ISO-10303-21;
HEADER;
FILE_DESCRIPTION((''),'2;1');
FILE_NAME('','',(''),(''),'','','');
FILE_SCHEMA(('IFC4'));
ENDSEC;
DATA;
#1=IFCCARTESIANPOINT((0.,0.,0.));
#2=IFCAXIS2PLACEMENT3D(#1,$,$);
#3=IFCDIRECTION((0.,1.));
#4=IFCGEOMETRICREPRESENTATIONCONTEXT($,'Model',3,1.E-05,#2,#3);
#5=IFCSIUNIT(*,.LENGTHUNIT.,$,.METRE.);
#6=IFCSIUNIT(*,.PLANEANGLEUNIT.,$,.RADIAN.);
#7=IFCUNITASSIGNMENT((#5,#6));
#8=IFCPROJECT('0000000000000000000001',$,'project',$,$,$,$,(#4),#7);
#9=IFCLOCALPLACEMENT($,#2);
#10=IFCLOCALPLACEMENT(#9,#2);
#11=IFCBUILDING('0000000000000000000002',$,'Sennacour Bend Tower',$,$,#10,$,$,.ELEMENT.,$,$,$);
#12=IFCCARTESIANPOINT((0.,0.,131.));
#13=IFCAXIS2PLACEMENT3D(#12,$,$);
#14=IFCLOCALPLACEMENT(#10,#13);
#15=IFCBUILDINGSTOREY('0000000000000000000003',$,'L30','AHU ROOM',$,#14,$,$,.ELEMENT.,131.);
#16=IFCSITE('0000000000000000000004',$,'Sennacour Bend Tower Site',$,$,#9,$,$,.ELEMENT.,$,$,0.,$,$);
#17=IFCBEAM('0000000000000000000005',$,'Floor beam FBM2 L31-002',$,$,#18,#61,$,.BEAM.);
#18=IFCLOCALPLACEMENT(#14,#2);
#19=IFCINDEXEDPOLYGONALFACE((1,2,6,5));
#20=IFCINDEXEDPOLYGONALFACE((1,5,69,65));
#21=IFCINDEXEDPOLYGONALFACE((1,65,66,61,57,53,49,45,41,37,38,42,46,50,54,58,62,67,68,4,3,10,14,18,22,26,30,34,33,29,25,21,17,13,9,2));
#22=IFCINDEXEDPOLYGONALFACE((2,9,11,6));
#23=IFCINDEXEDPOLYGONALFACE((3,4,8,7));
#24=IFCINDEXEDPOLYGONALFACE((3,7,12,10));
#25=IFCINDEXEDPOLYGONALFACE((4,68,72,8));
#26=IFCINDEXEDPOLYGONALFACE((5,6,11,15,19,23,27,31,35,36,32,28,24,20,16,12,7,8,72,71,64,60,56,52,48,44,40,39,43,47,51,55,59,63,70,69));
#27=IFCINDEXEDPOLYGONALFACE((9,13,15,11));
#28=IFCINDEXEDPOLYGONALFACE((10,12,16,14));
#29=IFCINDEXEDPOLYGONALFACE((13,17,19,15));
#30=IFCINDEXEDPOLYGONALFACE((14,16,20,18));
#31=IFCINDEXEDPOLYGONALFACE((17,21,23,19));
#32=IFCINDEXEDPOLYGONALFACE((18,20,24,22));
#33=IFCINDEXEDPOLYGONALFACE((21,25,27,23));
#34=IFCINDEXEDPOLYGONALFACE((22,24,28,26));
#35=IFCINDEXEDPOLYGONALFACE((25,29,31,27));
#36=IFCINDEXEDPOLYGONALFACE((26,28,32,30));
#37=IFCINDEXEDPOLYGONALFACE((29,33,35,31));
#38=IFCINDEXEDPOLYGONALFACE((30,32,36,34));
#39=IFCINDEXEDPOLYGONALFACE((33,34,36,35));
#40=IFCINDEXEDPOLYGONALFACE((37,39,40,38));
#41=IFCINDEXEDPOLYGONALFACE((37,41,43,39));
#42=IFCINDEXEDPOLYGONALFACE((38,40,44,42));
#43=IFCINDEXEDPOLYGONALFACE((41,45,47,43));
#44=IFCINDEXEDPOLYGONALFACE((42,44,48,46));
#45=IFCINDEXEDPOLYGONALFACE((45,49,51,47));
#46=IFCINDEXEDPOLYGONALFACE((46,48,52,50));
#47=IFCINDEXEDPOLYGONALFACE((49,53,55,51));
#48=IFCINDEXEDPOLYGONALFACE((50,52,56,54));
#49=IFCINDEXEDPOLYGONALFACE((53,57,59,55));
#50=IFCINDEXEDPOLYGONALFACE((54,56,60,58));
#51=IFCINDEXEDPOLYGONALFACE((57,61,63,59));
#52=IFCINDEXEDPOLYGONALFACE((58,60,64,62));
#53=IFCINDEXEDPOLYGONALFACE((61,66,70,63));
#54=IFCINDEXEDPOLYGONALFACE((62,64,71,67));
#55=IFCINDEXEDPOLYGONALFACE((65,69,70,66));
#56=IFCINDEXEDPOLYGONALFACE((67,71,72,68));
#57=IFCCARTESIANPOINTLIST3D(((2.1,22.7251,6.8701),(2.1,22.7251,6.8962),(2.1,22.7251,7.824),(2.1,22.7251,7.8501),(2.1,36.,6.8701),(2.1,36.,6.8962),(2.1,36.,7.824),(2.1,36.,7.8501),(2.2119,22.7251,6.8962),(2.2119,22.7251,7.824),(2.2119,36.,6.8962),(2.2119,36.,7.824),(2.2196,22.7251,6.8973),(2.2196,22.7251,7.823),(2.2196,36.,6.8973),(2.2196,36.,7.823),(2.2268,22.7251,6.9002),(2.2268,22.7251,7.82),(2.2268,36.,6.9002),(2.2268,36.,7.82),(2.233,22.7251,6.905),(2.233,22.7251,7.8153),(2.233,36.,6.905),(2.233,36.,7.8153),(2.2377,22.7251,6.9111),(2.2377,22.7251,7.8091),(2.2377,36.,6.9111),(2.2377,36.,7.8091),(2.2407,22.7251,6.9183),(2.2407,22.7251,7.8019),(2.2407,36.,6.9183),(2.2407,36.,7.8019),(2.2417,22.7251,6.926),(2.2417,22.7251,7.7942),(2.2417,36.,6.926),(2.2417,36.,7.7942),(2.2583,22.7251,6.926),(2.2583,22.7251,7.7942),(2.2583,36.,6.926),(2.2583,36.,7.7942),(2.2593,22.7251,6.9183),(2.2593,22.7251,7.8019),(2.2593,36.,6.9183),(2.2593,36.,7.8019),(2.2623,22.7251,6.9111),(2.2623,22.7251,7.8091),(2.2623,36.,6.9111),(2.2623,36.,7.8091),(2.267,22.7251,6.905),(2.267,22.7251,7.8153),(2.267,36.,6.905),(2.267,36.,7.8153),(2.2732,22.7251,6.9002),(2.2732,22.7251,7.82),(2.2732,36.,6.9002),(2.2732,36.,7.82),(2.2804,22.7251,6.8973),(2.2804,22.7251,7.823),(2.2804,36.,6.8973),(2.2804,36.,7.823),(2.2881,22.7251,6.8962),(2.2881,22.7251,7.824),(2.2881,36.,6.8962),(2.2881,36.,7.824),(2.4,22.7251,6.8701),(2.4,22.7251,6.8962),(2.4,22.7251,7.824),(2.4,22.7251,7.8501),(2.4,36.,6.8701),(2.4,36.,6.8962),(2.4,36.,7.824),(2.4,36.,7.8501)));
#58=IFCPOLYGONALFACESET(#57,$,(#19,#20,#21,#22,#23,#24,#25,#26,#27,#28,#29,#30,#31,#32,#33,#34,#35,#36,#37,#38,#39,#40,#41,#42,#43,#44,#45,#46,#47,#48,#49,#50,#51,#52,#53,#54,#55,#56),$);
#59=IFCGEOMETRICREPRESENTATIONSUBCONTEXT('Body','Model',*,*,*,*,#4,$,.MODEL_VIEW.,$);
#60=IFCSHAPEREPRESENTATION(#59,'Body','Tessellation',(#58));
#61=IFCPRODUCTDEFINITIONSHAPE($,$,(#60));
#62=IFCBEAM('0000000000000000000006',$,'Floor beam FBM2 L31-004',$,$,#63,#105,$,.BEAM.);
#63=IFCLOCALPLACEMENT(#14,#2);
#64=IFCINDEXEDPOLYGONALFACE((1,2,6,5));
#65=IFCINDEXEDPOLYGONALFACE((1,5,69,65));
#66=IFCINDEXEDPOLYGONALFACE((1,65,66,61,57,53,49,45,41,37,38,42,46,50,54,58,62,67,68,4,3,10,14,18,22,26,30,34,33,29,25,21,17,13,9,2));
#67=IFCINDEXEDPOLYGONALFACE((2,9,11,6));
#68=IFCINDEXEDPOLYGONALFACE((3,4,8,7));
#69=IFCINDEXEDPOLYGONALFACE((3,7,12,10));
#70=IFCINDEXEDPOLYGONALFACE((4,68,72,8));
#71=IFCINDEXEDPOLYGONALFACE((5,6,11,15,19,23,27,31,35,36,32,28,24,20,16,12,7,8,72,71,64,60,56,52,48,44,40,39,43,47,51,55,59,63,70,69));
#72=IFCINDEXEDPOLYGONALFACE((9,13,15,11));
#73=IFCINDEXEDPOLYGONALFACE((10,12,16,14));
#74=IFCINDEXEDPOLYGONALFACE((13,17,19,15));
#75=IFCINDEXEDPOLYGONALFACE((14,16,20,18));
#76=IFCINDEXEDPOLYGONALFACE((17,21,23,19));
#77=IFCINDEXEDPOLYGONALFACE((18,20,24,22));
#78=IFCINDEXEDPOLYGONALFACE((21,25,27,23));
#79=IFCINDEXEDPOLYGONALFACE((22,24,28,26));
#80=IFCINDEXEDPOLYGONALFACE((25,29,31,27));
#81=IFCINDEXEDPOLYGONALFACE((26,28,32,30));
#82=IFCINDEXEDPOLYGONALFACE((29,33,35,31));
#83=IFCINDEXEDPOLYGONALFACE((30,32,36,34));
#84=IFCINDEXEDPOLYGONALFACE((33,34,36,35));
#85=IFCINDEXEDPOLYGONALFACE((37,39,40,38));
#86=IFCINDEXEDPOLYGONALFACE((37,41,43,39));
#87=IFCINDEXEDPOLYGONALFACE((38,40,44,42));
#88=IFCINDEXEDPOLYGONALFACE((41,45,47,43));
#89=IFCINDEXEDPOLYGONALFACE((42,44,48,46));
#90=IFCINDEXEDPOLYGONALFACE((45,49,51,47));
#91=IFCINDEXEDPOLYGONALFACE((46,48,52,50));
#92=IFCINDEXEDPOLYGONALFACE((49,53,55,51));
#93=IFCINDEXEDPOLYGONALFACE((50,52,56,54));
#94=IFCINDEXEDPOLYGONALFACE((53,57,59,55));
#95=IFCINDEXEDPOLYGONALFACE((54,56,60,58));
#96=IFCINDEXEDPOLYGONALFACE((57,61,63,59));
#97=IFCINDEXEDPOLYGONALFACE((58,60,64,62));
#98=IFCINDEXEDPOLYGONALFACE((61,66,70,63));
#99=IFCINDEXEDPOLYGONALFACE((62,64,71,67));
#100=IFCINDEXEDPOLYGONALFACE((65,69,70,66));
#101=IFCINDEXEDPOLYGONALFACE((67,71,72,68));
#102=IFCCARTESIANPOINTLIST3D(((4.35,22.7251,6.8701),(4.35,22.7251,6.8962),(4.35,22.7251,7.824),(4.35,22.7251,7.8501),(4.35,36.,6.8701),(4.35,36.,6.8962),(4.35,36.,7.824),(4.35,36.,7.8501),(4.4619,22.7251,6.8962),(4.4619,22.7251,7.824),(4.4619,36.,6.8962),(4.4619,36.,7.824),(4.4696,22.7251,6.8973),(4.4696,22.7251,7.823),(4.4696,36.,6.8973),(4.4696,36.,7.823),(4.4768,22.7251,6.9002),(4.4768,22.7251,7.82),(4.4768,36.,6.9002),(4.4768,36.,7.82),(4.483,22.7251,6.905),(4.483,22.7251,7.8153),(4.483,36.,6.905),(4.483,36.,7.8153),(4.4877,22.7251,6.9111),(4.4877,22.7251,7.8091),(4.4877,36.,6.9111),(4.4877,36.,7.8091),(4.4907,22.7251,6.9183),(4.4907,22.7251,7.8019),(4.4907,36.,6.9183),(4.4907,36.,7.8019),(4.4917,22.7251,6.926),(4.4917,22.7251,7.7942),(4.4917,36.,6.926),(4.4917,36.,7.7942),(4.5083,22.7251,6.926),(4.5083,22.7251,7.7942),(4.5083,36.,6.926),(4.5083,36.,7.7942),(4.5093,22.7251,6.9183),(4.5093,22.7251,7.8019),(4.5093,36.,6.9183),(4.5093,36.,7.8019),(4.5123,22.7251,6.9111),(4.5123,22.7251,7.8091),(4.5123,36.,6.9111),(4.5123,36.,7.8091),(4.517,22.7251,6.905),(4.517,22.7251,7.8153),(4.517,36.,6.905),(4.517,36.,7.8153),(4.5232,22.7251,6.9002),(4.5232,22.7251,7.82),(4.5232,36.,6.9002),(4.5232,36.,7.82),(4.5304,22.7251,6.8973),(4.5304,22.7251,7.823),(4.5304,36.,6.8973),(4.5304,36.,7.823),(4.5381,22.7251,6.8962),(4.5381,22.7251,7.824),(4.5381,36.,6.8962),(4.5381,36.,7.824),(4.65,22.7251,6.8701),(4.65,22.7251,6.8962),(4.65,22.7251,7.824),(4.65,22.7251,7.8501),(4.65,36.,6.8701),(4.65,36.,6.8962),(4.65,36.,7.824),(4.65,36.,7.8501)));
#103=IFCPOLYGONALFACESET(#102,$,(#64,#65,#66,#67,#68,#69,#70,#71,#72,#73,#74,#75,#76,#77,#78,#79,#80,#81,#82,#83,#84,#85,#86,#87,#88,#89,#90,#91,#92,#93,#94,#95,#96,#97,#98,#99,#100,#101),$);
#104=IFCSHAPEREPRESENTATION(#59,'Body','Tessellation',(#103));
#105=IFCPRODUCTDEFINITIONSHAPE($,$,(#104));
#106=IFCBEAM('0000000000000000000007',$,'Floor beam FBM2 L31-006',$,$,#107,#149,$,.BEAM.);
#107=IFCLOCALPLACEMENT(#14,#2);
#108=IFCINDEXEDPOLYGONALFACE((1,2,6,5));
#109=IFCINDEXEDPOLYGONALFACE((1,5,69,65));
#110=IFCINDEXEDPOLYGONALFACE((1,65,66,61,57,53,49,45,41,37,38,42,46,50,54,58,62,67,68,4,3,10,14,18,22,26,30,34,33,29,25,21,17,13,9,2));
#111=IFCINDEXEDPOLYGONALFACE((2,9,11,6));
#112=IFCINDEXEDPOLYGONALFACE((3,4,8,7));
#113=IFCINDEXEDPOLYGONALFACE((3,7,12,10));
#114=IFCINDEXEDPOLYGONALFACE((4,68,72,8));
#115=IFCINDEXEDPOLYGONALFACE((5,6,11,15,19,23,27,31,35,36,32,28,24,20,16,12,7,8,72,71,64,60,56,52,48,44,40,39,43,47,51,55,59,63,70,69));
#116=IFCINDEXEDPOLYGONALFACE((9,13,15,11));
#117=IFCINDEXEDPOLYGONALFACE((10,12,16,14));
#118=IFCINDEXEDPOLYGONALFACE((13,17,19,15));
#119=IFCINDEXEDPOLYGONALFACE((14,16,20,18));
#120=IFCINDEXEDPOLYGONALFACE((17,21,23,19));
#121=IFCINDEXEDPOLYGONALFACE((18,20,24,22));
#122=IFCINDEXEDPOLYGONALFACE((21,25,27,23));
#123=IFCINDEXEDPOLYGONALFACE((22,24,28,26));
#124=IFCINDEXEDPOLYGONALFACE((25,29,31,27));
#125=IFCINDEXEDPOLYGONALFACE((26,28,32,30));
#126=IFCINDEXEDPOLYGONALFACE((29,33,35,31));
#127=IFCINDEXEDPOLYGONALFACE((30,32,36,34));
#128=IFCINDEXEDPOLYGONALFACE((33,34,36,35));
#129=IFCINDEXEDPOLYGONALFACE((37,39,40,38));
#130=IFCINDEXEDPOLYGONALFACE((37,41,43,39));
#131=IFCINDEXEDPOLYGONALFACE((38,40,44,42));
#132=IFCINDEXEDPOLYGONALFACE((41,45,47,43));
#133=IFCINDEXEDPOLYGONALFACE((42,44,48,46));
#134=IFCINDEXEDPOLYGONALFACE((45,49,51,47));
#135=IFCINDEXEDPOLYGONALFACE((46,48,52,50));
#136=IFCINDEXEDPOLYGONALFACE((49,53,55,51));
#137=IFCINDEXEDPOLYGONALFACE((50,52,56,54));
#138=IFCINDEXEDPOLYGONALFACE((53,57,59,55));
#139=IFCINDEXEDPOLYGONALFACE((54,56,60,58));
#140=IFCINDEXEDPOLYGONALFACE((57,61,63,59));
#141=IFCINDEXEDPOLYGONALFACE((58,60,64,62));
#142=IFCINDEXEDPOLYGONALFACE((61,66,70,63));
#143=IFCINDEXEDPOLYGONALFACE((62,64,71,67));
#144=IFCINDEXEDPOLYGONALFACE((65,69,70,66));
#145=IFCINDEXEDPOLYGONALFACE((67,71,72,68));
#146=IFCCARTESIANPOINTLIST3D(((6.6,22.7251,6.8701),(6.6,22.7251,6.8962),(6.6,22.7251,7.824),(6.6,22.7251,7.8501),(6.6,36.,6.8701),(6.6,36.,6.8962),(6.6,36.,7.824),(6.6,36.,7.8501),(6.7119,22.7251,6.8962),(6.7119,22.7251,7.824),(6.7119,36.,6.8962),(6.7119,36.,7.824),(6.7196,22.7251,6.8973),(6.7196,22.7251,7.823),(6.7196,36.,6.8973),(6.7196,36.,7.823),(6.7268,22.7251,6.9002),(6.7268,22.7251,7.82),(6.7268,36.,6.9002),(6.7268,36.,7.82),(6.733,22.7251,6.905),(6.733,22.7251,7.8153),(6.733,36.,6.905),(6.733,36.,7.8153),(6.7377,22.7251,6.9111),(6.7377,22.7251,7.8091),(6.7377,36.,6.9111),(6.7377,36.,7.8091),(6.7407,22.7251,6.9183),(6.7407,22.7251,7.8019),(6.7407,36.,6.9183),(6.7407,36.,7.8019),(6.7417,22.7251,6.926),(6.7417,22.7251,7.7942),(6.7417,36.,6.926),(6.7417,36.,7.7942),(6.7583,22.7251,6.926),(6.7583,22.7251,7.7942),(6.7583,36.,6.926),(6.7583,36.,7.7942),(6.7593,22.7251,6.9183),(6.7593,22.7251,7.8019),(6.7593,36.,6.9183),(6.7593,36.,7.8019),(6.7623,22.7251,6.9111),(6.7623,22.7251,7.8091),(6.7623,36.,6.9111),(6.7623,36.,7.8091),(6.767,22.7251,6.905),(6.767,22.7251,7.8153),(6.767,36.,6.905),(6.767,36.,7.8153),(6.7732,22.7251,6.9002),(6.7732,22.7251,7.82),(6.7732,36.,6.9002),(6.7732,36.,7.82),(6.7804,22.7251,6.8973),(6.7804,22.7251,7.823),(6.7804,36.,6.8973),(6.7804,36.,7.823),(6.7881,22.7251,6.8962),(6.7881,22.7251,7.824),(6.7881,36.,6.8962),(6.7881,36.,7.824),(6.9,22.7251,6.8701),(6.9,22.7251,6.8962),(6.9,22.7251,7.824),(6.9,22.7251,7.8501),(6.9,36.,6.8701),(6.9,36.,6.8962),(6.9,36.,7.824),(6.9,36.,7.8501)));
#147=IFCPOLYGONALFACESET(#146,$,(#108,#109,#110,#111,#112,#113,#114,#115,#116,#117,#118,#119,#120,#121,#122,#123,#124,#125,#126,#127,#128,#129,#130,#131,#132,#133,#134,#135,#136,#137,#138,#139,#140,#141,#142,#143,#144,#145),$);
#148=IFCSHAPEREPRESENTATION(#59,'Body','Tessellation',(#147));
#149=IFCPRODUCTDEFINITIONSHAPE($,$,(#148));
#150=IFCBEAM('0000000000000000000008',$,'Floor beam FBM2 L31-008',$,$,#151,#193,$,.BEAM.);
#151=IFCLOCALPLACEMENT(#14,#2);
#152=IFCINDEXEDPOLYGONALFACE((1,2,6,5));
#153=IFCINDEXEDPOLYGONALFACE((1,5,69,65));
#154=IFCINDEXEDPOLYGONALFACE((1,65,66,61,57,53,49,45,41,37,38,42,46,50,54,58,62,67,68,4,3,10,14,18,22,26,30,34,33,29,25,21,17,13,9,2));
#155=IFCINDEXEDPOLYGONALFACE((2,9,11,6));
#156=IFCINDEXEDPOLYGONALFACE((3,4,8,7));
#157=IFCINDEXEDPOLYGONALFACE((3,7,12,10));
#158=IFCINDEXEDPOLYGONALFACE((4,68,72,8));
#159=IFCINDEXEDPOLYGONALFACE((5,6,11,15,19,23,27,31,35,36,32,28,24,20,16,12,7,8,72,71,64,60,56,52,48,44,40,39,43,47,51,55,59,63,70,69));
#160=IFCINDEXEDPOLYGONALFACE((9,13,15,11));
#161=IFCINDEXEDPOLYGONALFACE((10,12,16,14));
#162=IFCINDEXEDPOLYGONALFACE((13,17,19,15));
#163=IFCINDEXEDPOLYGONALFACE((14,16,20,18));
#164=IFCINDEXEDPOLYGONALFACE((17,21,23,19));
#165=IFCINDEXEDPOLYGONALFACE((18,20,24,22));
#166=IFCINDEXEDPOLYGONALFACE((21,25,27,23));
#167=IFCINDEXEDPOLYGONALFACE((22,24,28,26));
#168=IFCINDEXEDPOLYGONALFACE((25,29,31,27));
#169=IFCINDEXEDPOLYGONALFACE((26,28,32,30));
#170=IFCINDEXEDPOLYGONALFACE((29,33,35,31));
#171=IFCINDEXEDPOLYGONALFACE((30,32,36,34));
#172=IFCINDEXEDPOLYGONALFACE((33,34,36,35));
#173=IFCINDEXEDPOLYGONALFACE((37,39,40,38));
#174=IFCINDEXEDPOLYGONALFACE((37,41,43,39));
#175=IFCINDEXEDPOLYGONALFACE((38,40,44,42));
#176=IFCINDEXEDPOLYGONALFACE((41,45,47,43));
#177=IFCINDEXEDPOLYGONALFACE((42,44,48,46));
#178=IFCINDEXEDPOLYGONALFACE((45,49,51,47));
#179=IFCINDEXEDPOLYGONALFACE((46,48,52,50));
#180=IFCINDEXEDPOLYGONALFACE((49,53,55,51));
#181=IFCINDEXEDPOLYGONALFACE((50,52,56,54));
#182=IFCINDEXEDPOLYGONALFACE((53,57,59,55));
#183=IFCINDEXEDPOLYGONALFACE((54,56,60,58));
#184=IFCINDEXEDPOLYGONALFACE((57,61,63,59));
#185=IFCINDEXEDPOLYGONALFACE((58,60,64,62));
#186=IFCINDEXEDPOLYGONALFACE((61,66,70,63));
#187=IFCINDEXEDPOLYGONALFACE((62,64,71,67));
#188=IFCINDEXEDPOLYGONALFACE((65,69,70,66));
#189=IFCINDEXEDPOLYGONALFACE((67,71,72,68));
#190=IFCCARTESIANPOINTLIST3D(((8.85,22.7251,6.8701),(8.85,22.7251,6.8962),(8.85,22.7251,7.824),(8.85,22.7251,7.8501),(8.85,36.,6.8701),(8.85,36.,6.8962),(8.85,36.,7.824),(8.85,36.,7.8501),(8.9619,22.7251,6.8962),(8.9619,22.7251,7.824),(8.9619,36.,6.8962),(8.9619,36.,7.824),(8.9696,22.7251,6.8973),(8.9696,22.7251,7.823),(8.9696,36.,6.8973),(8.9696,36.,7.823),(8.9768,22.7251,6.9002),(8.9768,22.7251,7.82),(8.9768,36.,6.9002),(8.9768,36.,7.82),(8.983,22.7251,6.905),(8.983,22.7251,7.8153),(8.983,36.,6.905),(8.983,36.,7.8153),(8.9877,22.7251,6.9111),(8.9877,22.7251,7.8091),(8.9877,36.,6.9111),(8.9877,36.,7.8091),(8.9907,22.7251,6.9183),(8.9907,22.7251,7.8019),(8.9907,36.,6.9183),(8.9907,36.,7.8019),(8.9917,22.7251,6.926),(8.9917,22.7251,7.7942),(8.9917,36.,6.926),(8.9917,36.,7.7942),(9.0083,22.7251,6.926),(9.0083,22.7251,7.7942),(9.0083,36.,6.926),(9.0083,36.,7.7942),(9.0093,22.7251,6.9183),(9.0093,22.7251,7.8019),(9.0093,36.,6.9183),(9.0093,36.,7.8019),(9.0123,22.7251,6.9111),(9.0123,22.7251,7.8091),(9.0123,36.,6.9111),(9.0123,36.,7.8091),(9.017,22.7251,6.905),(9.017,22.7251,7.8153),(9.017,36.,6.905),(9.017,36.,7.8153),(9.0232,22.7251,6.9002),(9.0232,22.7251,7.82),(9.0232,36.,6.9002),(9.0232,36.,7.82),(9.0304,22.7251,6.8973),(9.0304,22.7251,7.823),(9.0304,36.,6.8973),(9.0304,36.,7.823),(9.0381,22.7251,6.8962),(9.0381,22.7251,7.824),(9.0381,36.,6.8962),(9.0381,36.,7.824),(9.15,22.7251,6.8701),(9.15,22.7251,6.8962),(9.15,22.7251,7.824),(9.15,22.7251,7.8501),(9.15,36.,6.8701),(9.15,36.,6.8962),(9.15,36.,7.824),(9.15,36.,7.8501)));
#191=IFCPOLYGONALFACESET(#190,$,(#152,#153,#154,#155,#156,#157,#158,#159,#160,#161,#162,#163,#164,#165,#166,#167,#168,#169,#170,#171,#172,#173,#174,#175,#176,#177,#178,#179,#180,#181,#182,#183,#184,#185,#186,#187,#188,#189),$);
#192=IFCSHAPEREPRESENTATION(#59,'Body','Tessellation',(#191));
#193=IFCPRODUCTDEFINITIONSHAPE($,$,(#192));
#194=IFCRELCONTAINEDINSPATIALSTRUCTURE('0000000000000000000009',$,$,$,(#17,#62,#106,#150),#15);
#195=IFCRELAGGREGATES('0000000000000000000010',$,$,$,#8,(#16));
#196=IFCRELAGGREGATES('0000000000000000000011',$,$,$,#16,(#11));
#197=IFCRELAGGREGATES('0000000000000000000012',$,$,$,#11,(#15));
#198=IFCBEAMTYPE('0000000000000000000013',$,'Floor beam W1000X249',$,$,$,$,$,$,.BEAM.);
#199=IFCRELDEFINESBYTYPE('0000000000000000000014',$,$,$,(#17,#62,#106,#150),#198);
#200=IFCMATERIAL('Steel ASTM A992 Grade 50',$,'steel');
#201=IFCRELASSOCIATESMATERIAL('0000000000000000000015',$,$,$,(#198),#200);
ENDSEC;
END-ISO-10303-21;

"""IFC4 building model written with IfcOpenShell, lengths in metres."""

from ifc_helpers import new_model, si_unit, direction, frame, origin, origin_2d, place, context, subcontext, project, spatial, i_section, extrude, material, material_profile, profile_set, type_object, element, save


model = new_model("IFC4")

# Units and contexts
model_context = context("Model", 3, precision=1e-05, world=origin(), true_north=direction((0.0, 1.0)))
body_context = subcontext(model_context, "Body", "Model", "MODEL_VIEW")
ifc_project = project(units=[si_unit("LENGTHUNIT", "METRE"), si_unit("PLANEANGLEUNIT", "RADIAN")], contexts=[model_context])

# Site, building, storey
site_placement = place(None, origin())
site = spatial("IfcSite", under=ifc_project, at=site_placement, Name="Sennacour Bend Tower Site", CompositionType="ELEMENT", RefElevation=0.0)
building_placement = place(site_placement, origin())
building = spatial("IfcBuilding", under=site, at=building_placement, Name="Sennacour Bend Tower", CompositionType="ELEMENT")
storey_placement = place(building_placement, frame((0.0, 0.0, 131.0)))
storey = spatial("IfcBuildingStorey", under=building, at=storey_placement, Name="L30", Description="AHU ROOM", CompositionType="ELEMENT", Elevation=131.0)

# Shared definitions
ifc_material_1 = material(Name="Steel ASTM A992 Grade 50", Category="steel")

# Beams
ifc_material_profile_1 = material_profile(ifc_material_1, i_section(OverallWidth=0.3, OverallDepth=0.98, WebThickness=0.0166, FlangeThickness=0.0261, FilletRadius=0.0298, at=origin_2d()), Name="Steel ASTM A992 Grade 50", Category="steel")
ifc_profile_set_1 = profile_set([ifc_material_profile_1], Name="Steel ASTM A992 Grade 50")
beam_type_1 = type_object("IfcBeamType", Name="Floor beam W1000X249", PredefinedType="BEAM", material=ifc_profile_set_1)
for number, where, z_axis, x_axis, name in (
    (1, (2.25, 22.7251, 7.3601), (0.0, 1.0, 0.0), (-1.0, 0.0, 0.0), "Floor beam FBM2 L31-002"),
    (2, (4.5, 22.7251, 7.3601), (0.0, 1.0, 0.0), (-1.0, 0.0, 0.0), "Floor beam FBM2 L31-004"),
    (3, (6.75, 22.7251, 7.3601), (0.0, 1.0, 0.0), (-1.0, 0.0, 0.0), "Floor beam FBM2 L31-006"),
    (4, (9.0, 22.7251, 7.3601), (0.0, 1.0, 0.0), (-1.0, 0.0, 0.0), "Floor beam FBM2 L31-008"),
):
    element("IfcBeam", number, at=place(storey_placement, frame(where, z_axis=z_axis, x_axis=x_axis)), inside=storey, type_object=beam_type_1, Name=name, PredefinedType="BEAM", context=body_context, shape_type="SweptSolid", body=[
        extrude(i_section(OverallWidth=0.3, OverallDepth=0.98, WebThickness=0.0166, FlangeThickness=0.0261, FilletRadius=0.0298, at=origin_2d()), origin(), (0.0, 0.0, 1.0), 13.2749),
    ])

save(model, "model.ifc")
